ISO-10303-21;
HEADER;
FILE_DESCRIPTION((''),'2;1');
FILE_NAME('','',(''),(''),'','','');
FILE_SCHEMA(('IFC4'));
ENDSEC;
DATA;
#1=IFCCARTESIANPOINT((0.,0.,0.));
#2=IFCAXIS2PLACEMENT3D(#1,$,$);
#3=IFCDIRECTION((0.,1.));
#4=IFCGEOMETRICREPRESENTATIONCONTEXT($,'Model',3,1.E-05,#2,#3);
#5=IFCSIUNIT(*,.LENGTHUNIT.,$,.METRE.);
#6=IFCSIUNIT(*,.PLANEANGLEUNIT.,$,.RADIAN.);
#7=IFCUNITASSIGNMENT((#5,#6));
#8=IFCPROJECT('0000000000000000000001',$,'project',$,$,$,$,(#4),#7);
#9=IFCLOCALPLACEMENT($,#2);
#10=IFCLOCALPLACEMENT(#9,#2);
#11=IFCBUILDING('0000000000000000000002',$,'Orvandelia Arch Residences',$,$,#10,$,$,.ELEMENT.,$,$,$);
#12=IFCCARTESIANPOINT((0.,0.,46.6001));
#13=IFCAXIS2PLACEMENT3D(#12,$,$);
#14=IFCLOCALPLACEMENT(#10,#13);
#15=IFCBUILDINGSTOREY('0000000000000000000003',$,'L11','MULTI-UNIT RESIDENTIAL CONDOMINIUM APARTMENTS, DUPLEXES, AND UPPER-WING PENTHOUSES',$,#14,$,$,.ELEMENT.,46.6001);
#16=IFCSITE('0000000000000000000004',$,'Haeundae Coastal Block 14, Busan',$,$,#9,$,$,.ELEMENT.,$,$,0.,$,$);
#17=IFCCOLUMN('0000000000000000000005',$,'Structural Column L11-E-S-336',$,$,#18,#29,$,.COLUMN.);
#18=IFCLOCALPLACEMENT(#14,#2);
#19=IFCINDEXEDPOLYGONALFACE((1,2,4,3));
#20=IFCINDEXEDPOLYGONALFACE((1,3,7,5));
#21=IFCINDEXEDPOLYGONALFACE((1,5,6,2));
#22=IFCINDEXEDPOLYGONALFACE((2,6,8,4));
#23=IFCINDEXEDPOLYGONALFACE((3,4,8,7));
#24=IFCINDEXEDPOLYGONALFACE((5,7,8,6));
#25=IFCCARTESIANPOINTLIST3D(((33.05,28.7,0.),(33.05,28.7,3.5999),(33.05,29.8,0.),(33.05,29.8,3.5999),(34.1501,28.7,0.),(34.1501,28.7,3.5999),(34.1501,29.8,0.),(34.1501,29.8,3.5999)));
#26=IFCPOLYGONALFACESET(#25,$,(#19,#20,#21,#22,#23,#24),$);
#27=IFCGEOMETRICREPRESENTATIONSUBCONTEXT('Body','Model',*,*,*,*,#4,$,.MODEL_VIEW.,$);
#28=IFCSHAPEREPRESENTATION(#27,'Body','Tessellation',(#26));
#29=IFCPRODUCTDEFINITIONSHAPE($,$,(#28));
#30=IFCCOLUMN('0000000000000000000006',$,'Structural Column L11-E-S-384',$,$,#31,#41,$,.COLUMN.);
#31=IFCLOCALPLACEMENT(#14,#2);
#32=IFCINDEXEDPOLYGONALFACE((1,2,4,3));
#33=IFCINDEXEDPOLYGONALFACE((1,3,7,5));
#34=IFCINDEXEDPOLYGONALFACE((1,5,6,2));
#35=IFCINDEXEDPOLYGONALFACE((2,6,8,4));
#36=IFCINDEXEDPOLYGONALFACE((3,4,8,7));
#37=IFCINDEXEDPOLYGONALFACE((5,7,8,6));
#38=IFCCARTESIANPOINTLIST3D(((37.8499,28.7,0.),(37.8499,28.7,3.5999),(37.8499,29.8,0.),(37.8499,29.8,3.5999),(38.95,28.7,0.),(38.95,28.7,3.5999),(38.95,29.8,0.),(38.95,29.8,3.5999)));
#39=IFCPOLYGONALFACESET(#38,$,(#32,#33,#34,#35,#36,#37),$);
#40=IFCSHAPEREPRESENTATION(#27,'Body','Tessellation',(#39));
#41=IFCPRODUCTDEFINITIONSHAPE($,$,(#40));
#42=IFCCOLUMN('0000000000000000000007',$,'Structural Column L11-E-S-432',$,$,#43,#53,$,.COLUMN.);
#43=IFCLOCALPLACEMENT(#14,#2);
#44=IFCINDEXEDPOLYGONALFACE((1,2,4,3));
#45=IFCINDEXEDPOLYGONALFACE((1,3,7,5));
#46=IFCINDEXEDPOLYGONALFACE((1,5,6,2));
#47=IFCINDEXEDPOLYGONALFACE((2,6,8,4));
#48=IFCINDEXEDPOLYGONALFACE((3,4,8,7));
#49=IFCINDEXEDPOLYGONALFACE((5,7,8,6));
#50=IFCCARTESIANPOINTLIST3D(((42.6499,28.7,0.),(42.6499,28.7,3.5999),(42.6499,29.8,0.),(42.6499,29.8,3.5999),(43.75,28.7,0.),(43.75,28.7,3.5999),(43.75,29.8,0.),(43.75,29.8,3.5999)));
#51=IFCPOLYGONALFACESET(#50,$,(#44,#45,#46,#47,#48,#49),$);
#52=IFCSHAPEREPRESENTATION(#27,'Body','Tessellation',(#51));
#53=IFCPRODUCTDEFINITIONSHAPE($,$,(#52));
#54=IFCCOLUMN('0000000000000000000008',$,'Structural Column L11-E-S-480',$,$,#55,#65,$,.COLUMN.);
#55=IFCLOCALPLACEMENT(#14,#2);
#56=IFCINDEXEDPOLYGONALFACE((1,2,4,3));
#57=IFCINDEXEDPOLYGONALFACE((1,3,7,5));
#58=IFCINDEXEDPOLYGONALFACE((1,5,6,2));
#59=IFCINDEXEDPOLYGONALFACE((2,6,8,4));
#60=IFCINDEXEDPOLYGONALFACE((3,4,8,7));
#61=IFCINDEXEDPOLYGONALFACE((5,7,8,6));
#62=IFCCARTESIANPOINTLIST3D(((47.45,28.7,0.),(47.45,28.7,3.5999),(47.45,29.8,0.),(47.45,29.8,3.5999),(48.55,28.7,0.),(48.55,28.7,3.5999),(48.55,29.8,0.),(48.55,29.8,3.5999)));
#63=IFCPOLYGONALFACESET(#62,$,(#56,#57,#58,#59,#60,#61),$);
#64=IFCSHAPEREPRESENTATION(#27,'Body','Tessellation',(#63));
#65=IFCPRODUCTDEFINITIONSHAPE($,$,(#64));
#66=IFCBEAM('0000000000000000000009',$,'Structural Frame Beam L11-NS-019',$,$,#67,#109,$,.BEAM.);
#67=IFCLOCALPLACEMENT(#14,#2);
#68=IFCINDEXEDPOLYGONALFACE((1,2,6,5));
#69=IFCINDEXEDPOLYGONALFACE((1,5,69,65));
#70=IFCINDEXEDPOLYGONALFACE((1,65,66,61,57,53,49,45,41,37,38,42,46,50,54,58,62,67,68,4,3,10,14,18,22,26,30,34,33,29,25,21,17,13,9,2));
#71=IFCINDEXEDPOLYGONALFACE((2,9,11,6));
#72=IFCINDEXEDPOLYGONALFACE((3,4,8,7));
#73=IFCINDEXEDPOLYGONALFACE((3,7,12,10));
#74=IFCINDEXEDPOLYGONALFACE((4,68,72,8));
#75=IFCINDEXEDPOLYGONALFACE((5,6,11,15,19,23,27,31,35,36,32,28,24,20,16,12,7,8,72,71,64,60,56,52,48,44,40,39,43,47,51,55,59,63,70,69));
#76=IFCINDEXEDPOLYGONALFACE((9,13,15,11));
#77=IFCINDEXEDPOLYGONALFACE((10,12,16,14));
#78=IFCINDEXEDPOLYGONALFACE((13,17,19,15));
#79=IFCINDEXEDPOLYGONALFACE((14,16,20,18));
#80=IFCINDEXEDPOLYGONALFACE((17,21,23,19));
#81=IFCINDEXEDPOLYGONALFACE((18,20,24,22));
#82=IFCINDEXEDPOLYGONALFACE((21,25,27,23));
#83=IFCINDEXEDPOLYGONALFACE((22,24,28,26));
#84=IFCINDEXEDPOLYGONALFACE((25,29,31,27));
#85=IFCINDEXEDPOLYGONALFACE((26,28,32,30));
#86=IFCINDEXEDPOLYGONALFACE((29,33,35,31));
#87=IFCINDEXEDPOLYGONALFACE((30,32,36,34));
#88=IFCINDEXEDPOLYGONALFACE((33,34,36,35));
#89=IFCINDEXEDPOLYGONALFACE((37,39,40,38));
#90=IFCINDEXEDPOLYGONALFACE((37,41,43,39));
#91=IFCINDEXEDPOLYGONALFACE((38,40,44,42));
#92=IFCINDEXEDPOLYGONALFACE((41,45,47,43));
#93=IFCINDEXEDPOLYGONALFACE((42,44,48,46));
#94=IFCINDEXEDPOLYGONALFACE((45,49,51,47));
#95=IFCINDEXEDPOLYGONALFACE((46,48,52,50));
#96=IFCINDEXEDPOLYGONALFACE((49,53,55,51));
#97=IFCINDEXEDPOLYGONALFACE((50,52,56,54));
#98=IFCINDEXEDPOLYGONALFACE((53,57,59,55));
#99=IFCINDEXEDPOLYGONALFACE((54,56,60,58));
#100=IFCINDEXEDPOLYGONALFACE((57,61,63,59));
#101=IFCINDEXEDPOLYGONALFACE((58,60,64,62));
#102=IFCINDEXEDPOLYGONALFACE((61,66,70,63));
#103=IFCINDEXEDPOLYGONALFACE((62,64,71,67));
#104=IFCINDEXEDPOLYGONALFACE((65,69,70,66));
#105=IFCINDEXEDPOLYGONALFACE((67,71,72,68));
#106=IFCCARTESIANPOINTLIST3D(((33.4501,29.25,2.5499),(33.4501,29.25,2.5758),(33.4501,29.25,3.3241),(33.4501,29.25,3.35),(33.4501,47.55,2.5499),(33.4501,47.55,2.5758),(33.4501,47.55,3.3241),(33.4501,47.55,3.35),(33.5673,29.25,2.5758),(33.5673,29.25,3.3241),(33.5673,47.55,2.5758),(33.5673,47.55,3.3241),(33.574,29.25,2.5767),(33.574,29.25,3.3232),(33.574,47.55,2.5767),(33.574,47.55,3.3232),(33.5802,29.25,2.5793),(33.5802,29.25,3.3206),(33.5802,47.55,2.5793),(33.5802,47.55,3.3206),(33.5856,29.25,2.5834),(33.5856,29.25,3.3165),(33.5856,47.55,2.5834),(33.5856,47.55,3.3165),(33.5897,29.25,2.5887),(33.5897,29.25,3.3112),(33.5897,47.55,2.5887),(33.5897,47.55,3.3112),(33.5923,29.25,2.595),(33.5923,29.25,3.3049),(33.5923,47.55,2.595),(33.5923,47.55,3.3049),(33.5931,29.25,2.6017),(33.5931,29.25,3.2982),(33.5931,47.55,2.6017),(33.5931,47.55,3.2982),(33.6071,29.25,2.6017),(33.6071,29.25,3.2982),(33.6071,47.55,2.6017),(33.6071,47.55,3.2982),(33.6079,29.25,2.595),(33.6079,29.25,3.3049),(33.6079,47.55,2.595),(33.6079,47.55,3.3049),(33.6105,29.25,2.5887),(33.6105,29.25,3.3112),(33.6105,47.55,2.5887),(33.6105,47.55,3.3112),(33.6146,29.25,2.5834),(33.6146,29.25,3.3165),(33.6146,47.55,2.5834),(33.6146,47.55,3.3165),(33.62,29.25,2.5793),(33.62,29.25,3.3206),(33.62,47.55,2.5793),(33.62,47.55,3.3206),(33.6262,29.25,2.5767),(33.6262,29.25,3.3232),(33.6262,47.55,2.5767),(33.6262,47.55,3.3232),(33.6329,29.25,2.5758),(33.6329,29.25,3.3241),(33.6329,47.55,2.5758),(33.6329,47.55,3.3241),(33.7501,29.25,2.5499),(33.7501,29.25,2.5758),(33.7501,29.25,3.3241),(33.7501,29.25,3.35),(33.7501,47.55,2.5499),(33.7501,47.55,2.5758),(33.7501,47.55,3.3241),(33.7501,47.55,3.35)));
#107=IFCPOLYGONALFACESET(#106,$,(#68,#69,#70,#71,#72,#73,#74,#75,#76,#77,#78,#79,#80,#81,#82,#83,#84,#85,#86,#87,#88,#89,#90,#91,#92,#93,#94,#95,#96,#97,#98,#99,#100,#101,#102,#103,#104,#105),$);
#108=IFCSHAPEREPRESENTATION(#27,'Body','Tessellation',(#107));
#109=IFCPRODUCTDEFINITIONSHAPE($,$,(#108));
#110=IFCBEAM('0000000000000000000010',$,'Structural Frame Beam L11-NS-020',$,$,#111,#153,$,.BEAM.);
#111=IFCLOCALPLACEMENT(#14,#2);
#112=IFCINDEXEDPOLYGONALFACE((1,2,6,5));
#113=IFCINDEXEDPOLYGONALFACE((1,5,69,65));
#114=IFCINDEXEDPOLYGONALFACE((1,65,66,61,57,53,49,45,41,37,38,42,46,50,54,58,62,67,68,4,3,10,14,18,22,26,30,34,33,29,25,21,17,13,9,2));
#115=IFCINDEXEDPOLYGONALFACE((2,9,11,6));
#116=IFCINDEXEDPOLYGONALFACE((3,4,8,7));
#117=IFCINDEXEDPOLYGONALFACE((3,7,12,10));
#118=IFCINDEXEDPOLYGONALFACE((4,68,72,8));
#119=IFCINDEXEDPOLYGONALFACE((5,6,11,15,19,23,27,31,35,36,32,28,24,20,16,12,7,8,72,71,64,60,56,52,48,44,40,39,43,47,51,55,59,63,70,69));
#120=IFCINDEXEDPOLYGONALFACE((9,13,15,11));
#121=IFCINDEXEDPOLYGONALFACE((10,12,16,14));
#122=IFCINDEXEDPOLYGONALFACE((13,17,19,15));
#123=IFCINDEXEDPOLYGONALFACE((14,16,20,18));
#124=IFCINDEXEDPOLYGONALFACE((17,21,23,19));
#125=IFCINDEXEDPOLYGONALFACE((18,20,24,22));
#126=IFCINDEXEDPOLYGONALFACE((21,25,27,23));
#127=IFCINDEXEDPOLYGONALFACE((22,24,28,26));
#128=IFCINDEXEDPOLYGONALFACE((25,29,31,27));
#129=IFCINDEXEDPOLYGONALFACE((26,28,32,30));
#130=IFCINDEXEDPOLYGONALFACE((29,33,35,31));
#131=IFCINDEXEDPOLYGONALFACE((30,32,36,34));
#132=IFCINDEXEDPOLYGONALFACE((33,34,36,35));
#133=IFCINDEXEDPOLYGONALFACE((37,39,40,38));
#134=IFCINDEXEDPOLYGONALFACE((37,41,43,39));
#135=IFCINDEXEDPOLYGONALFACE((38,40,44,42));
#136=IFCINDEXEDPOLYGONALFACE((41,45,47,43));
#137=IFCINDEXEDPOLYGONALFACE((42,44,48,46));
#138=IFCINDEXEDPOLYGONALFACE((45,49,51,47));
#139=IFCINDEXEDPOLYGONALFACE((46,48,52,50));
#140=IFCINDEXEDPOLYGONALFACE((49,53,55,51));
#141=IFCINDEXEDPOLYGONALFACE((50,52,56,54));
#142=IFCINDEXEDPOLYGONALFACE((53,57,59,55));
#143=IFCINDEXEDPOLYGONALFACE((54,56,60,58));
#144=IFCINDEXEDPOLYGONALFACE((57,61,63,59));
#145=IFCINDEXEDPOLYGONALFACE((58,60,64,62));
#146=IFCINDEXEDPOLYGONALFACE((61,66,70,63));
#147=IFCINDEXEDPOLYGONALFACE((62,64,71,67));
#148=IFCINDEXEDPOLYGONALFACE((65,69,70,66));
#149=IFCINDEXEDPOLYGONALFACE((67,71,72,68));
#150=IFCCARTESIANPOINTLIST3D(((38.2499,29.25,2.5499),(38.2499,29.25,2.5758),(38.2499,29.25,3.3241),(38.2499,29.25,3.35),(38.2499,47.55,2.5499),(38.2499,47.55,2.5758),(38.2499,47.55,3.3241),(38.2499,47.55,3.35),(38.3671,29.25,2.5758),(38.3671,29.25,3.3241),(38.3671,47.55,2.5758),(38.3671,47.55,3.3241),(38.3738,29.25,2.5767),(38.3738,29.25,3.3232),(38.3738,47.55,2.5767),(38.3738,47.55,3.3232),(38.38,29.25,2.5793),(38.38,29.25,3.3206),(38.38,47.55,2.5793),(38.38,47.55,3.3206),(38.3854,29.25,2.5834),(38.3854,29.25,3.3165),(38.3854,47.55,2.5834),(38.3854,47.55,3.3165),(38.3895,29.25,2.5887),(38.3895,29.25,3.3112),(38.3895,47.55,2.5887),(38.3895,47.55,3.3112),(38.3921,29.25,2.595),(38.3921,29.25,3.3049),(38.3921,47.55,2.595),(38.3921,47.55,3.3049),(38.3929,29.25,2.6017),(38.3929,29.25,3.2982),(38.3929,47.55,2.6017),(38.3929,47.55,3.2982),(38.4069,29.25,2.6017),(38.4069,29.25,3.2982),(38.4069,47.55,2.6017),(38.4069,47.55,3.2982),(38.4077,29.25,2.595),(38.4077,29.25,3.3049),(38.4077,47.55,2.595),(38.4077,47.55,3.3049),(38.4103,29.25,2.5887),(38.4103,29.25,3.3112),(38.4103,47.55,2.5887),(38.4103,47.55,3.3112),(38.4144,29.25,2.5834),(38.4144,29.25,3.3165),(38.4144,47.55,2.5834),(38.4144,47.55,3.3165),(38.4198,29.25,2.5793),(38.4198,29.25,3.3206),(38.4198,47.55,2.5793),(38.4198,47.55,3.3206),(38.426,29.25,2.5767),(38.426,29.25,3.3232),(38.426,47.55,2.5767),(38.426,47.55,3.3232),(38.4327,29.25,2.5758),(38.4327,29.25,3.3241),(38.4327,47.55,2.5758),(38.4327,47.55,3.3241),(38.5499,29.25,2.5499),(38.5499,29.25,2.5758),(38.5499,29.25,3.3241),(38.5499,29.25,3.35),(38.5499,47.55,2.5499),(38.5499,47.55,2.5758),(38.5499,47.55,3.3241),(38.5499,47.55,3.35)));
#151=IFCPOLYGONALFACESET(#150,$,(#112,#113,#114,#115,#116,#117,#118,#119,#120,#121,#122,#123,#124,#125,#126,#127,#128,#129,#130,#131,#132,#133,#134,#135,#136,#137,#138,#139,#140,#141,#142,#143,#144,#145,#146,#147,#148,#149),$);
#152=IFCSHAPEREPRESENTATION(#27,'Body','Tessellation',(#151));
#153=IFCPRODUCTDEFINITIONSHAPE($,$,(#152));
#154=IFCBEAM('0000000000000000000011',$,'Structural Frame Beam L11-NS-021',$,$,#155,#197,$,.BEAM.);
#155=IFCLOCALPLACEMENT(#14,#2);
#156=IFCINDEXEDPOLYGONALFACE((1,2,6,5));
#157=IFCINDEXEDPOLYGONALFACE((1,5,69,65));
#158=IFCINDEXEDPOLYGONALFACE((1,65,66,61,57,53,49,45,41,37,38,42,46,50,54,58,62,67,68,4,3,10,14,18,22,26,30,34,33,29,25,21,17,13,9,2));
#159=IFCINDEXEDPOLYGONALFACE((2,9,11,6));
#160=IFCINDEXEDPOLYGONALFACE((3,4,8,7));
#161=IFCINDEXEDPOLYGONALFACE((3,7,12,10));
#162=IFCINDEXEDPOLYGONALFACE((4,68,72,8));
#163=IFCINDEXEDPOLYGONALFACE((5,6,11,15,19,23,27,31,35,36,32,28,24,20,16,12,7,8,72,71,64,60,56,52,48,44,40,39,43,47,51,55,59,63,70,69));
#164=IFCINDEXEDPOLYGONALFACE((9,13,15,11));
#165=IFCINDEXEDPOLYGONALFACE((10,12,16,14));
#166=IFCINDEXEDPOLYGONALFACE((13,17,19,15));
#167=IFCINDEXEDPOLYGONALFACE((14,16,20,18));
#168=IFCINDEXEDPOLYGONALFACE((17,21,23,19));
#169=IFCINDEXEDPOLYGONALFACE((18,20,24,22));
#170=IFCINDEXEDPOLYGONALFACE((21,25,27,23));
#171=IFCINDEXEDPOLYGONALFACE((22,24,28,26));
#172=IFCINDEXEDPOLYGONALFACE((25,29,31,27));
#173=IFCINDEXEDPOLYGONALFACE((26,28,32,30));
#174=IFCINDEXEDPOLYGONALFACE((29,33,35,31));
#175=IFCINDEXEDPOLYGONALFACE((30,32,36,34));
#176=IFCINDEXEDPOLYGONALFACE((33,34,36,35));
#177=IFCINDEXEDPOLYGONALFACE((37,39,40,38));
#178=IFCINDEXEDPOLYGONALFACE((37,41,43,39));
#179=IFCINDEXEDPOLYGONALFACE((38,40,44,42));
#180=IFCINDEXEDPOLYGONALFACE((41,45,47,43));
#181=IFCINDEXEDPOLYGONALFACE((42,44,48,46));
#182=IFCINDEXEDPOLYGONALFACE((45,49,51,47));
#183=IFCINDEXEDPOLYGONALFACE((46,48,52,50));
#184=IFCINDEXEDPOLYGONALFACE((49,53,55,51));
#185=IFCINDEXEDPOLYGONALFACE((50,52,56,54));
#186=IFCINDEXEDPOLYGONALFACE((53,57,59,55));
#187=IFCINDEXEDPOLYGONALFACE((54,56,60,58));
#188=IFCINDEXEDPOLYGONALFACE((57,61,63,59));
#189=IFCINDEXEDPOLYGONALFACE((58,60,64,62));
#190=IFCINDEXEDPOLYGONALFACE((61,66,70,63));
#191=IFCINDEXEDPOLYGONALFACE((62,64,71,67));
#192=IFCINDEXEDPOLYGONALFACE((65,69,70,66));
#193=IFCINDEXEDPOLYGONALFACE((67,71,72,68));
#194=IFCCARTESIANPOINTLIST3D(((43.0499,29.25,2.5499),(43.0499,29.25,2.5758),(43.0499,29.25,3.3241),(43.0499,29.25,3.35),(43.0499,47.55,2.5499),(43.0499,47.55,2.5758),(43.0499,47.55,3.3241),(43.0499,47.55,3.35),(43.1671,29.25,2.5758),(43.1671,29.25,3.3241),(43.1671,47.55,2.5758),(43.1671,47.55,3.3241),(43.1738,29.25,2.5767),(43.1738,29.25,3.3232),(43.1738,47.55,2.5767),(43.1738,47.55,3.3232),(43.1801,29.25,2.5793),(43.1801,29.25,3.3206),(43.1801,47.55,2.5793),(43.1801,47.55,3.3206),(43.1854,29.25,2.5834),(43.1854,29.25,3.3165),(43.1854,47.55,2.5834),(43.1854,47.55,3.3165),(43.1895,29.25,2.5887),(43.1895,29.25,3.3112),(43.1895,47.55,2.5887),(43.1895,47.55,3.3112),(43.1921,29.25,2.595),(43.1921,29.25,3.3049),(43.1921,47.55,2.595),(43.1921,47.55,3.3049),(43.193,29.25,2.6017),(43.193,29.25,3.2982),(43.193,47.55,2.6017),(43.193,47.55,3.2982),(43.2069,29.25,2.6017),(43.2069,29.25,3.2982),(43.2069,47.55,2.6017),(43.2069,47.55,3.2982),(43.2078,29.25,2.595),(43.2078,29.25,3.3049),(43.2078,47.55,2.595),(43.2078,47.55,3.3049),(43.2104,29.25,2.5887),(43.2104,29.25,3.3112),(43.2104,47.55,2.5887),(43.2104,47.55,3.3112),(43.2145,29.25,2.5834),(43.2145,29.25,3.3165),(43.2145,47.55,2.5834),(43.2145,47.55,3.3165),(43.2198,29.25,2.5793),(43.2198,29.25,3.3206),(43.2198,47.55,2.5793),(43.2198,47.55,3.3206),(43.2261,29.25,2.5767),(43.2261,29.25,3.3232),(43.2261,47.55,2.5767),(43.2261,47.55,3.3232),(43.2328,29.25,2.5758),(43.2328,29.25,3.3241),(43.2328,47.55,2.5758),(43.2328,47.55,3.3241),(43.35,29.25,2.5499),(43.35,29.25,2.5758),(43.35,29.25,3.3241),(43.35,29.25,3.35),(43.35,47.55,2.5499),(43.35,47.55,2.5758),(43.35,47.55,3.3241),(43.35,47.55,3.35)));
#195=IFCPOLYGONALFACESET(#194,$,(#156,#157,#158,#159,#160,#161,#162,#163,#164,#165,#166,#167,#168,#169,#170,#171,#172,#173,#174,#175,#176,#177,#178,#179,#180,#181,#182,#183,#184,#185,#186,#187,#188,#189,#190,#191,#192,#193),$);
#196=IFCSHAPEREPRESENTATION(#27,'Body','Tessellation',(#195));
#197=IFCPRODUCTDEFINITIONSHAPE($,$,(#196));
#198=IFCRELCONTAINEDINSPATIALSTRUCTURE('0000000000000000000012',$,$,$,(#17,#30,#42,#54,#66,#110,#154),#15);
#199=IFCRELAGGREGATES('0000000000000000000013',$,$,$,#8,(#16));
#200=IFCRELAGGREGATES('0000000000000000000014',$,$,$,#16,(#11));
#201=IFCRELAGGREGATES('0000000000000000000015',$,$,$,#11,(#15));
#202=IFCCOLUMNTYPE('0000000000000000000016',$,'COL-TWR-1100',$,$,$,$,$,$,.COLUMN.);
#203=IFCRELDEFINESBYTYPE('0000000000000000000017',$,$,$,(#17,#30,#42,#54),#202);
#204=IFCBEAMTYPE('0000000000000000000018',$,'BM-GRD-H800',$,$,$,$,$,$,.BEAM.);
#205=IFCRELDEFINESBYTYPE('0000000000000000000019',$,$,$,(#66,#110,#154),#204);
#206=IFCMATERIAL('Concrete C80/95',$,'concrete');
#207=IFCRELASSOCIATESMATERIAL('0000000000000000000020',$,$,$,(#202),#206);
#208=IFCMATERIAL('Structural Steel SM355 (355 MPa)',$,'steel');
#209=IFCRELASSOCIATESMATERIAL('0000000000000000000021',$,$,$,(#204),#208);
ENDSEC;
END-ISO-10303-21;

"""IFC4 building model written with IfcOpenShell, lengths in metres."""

from ifc_helpers import new_model, si_unit, direction, frame, origin, origin_2d, place, context, subcontext, project, spatial, rectangle, i_section, extrude, material, material_profile, profile_set, type_object, element, save


model = new_model("IFC4")

# Units and contexts
model_context = context("Model", 3, precision=1e-05, world=origin(), true_north=direction((0.0, 1.0)))
body_context = subcontext(model_context, "Body", "Model", "MODEL_VIEW")
ifc_project = project(units=[si_unit("LENGTHUNIT", "METRE"), si_unit("PLANEANGLEUNIT", "RADIAN")], contexts=[model_context])

# Site, building, storey
site_placement = place(None, origin())
site = spatial("IfcSite", under=ifc_project, at=site_placement, Name="Haeundae Coastal Block 14, Busan", CompositionType="ELEMENT", RefElevation=0.0)
building_placement = place(site_placement, origin())
building = spatial("IfcBuilding", under=site, at=building_placement, Name="Orvandelia Arch Residences", CompositionType="ELEMENT")
storey_placement = place(building_placement, frame((0.0, 0.0, 46.6001)))
storey = spatial("IfcBuildingStorey", under=building, at=storey_placement, Name="L11", Description="MULTI-UNIT RESIDENTIAL CONDOMINIUM APARTMENTS, DUPLEXES, AND UPPER-WING PENTHOUSES", CompositionType="ELEMENT", Elevation=46.6001)

# Columns
ifc_material_1 = material(Name="Concrete C80/95", Category="concrete")
ifc_material_profile_1 = material_profile(ifc_material_1, rectangle(XDim=1.1001, YDim=1.1001, at=origin_2d()), Name="Concrete C80/95", Category="concrete")
ifc_profile_set_1 = profile_set([ifc_material_profile_1], Name="Concrete C80/95")
column_type = type_object("IfcColumnType", Name="COL-TWR-1100", PredefinedType="COLUMN", material=ifc_profile_set_1)
for number, where, z_axis, x_axis, name in (
    (1, (33.6001, 29.25, 0.0), (0.0, 0.0, 1.0), (1.0, 0.0, 0.0), "Structural Column L11-E-S-336"),
    (2, (38.3999, 29.25, 0.0), (0.0, 0.0, 1.0), (1.0, 0.0, 0.0), "Structural Column L11-E-S-384"),
    (3, (43.2, 29.25, 0.0), (0.0, 0.0, 1.0), (1.0, 0.0, 0.0), "Structural Column L11-E-S-432"),
    (4, (48.0, 29.25, 0.0), (0.0, 0.0, 1.0), (1.0, 0.0, 0.0), "Structural Column L11-E-S-480"),
):
    element("IfcColumn", number, at=place(storey_placement, frame(where, z_axis=z_axis, x_axis=x_axis)), inside=storey, type_object=column_type, Name=name, PredefinedType="COLUMN", context=body_context, shape_type="SweptSolid", body=[
        extrude(rectangle(XDim=1.1001, YDim=1.1001, at=origin_2d()), origin(), (0.0, 0.0, 1.0), 3.5999),
    ])

# Beams
ifc_material_2 = material(Name="Structural Steel SM355 (355 MPa)", Category="steel")
ifc_material_profile_2 = material_profile(ifc_material_2, i_section(OverallWidth=0.3, OverallDepth=0.8, WebThickness=0.0139, FlangeThickness=0.0259, FilletRadius=0.0259, at=origin_2d()), Name="Structural Steel SM355 (355 MPa)", Category="steel")
ifc_profile_set_2 = profile_set([ifc_material_profile_2], Name="Structural Steel SM355 (355 MPa)")
beam_type = type_object("IfcBeamType", Name="BM-GRD-H800", PredefinedType="BEAM", material=ifc_profile_set_2)
for number, where, z_axis, x_axis, name in (
    (5, (33.6001, 29.25, 2.95), (0.0, 1.0, 0.0), (-1.0, 0.0, 0.0), "Structural Frame Beam L11-NS-019"),
    (6, (38.3999, 29.25, 2.95), (0.0, 1.0, 0.0), (-1.0, 0.0, 0.0), "Structural Frame Beam L11-NS-020"),
    (7, (43.2, 29.25, 2.95), (0.0, 1.0, 0.0), (-1.0, 0.0, 0.0), "Structural Frame Beam L11-NS-021"),
):
    element("IfcBeam", number, at=place(storey_placement, frame(where, z_axis=z_axis, x_axis=x_axis)), inside=storey, type_object=beam_type, Name=name, PredefinedType="BEAM", context=body_context, shape_type="SweptSolid", body=[
        extrude(i_section(OverallWidth=0.3, OverallDepth=0.8, WebThickness=0.0139, FlangeThickness=0.0259, FilletRadius=0.0259, at=origin_2d()), origin(), (0.0, 0.0, 1.0), 18.3),
    ])

save(model, "model.ifc")
